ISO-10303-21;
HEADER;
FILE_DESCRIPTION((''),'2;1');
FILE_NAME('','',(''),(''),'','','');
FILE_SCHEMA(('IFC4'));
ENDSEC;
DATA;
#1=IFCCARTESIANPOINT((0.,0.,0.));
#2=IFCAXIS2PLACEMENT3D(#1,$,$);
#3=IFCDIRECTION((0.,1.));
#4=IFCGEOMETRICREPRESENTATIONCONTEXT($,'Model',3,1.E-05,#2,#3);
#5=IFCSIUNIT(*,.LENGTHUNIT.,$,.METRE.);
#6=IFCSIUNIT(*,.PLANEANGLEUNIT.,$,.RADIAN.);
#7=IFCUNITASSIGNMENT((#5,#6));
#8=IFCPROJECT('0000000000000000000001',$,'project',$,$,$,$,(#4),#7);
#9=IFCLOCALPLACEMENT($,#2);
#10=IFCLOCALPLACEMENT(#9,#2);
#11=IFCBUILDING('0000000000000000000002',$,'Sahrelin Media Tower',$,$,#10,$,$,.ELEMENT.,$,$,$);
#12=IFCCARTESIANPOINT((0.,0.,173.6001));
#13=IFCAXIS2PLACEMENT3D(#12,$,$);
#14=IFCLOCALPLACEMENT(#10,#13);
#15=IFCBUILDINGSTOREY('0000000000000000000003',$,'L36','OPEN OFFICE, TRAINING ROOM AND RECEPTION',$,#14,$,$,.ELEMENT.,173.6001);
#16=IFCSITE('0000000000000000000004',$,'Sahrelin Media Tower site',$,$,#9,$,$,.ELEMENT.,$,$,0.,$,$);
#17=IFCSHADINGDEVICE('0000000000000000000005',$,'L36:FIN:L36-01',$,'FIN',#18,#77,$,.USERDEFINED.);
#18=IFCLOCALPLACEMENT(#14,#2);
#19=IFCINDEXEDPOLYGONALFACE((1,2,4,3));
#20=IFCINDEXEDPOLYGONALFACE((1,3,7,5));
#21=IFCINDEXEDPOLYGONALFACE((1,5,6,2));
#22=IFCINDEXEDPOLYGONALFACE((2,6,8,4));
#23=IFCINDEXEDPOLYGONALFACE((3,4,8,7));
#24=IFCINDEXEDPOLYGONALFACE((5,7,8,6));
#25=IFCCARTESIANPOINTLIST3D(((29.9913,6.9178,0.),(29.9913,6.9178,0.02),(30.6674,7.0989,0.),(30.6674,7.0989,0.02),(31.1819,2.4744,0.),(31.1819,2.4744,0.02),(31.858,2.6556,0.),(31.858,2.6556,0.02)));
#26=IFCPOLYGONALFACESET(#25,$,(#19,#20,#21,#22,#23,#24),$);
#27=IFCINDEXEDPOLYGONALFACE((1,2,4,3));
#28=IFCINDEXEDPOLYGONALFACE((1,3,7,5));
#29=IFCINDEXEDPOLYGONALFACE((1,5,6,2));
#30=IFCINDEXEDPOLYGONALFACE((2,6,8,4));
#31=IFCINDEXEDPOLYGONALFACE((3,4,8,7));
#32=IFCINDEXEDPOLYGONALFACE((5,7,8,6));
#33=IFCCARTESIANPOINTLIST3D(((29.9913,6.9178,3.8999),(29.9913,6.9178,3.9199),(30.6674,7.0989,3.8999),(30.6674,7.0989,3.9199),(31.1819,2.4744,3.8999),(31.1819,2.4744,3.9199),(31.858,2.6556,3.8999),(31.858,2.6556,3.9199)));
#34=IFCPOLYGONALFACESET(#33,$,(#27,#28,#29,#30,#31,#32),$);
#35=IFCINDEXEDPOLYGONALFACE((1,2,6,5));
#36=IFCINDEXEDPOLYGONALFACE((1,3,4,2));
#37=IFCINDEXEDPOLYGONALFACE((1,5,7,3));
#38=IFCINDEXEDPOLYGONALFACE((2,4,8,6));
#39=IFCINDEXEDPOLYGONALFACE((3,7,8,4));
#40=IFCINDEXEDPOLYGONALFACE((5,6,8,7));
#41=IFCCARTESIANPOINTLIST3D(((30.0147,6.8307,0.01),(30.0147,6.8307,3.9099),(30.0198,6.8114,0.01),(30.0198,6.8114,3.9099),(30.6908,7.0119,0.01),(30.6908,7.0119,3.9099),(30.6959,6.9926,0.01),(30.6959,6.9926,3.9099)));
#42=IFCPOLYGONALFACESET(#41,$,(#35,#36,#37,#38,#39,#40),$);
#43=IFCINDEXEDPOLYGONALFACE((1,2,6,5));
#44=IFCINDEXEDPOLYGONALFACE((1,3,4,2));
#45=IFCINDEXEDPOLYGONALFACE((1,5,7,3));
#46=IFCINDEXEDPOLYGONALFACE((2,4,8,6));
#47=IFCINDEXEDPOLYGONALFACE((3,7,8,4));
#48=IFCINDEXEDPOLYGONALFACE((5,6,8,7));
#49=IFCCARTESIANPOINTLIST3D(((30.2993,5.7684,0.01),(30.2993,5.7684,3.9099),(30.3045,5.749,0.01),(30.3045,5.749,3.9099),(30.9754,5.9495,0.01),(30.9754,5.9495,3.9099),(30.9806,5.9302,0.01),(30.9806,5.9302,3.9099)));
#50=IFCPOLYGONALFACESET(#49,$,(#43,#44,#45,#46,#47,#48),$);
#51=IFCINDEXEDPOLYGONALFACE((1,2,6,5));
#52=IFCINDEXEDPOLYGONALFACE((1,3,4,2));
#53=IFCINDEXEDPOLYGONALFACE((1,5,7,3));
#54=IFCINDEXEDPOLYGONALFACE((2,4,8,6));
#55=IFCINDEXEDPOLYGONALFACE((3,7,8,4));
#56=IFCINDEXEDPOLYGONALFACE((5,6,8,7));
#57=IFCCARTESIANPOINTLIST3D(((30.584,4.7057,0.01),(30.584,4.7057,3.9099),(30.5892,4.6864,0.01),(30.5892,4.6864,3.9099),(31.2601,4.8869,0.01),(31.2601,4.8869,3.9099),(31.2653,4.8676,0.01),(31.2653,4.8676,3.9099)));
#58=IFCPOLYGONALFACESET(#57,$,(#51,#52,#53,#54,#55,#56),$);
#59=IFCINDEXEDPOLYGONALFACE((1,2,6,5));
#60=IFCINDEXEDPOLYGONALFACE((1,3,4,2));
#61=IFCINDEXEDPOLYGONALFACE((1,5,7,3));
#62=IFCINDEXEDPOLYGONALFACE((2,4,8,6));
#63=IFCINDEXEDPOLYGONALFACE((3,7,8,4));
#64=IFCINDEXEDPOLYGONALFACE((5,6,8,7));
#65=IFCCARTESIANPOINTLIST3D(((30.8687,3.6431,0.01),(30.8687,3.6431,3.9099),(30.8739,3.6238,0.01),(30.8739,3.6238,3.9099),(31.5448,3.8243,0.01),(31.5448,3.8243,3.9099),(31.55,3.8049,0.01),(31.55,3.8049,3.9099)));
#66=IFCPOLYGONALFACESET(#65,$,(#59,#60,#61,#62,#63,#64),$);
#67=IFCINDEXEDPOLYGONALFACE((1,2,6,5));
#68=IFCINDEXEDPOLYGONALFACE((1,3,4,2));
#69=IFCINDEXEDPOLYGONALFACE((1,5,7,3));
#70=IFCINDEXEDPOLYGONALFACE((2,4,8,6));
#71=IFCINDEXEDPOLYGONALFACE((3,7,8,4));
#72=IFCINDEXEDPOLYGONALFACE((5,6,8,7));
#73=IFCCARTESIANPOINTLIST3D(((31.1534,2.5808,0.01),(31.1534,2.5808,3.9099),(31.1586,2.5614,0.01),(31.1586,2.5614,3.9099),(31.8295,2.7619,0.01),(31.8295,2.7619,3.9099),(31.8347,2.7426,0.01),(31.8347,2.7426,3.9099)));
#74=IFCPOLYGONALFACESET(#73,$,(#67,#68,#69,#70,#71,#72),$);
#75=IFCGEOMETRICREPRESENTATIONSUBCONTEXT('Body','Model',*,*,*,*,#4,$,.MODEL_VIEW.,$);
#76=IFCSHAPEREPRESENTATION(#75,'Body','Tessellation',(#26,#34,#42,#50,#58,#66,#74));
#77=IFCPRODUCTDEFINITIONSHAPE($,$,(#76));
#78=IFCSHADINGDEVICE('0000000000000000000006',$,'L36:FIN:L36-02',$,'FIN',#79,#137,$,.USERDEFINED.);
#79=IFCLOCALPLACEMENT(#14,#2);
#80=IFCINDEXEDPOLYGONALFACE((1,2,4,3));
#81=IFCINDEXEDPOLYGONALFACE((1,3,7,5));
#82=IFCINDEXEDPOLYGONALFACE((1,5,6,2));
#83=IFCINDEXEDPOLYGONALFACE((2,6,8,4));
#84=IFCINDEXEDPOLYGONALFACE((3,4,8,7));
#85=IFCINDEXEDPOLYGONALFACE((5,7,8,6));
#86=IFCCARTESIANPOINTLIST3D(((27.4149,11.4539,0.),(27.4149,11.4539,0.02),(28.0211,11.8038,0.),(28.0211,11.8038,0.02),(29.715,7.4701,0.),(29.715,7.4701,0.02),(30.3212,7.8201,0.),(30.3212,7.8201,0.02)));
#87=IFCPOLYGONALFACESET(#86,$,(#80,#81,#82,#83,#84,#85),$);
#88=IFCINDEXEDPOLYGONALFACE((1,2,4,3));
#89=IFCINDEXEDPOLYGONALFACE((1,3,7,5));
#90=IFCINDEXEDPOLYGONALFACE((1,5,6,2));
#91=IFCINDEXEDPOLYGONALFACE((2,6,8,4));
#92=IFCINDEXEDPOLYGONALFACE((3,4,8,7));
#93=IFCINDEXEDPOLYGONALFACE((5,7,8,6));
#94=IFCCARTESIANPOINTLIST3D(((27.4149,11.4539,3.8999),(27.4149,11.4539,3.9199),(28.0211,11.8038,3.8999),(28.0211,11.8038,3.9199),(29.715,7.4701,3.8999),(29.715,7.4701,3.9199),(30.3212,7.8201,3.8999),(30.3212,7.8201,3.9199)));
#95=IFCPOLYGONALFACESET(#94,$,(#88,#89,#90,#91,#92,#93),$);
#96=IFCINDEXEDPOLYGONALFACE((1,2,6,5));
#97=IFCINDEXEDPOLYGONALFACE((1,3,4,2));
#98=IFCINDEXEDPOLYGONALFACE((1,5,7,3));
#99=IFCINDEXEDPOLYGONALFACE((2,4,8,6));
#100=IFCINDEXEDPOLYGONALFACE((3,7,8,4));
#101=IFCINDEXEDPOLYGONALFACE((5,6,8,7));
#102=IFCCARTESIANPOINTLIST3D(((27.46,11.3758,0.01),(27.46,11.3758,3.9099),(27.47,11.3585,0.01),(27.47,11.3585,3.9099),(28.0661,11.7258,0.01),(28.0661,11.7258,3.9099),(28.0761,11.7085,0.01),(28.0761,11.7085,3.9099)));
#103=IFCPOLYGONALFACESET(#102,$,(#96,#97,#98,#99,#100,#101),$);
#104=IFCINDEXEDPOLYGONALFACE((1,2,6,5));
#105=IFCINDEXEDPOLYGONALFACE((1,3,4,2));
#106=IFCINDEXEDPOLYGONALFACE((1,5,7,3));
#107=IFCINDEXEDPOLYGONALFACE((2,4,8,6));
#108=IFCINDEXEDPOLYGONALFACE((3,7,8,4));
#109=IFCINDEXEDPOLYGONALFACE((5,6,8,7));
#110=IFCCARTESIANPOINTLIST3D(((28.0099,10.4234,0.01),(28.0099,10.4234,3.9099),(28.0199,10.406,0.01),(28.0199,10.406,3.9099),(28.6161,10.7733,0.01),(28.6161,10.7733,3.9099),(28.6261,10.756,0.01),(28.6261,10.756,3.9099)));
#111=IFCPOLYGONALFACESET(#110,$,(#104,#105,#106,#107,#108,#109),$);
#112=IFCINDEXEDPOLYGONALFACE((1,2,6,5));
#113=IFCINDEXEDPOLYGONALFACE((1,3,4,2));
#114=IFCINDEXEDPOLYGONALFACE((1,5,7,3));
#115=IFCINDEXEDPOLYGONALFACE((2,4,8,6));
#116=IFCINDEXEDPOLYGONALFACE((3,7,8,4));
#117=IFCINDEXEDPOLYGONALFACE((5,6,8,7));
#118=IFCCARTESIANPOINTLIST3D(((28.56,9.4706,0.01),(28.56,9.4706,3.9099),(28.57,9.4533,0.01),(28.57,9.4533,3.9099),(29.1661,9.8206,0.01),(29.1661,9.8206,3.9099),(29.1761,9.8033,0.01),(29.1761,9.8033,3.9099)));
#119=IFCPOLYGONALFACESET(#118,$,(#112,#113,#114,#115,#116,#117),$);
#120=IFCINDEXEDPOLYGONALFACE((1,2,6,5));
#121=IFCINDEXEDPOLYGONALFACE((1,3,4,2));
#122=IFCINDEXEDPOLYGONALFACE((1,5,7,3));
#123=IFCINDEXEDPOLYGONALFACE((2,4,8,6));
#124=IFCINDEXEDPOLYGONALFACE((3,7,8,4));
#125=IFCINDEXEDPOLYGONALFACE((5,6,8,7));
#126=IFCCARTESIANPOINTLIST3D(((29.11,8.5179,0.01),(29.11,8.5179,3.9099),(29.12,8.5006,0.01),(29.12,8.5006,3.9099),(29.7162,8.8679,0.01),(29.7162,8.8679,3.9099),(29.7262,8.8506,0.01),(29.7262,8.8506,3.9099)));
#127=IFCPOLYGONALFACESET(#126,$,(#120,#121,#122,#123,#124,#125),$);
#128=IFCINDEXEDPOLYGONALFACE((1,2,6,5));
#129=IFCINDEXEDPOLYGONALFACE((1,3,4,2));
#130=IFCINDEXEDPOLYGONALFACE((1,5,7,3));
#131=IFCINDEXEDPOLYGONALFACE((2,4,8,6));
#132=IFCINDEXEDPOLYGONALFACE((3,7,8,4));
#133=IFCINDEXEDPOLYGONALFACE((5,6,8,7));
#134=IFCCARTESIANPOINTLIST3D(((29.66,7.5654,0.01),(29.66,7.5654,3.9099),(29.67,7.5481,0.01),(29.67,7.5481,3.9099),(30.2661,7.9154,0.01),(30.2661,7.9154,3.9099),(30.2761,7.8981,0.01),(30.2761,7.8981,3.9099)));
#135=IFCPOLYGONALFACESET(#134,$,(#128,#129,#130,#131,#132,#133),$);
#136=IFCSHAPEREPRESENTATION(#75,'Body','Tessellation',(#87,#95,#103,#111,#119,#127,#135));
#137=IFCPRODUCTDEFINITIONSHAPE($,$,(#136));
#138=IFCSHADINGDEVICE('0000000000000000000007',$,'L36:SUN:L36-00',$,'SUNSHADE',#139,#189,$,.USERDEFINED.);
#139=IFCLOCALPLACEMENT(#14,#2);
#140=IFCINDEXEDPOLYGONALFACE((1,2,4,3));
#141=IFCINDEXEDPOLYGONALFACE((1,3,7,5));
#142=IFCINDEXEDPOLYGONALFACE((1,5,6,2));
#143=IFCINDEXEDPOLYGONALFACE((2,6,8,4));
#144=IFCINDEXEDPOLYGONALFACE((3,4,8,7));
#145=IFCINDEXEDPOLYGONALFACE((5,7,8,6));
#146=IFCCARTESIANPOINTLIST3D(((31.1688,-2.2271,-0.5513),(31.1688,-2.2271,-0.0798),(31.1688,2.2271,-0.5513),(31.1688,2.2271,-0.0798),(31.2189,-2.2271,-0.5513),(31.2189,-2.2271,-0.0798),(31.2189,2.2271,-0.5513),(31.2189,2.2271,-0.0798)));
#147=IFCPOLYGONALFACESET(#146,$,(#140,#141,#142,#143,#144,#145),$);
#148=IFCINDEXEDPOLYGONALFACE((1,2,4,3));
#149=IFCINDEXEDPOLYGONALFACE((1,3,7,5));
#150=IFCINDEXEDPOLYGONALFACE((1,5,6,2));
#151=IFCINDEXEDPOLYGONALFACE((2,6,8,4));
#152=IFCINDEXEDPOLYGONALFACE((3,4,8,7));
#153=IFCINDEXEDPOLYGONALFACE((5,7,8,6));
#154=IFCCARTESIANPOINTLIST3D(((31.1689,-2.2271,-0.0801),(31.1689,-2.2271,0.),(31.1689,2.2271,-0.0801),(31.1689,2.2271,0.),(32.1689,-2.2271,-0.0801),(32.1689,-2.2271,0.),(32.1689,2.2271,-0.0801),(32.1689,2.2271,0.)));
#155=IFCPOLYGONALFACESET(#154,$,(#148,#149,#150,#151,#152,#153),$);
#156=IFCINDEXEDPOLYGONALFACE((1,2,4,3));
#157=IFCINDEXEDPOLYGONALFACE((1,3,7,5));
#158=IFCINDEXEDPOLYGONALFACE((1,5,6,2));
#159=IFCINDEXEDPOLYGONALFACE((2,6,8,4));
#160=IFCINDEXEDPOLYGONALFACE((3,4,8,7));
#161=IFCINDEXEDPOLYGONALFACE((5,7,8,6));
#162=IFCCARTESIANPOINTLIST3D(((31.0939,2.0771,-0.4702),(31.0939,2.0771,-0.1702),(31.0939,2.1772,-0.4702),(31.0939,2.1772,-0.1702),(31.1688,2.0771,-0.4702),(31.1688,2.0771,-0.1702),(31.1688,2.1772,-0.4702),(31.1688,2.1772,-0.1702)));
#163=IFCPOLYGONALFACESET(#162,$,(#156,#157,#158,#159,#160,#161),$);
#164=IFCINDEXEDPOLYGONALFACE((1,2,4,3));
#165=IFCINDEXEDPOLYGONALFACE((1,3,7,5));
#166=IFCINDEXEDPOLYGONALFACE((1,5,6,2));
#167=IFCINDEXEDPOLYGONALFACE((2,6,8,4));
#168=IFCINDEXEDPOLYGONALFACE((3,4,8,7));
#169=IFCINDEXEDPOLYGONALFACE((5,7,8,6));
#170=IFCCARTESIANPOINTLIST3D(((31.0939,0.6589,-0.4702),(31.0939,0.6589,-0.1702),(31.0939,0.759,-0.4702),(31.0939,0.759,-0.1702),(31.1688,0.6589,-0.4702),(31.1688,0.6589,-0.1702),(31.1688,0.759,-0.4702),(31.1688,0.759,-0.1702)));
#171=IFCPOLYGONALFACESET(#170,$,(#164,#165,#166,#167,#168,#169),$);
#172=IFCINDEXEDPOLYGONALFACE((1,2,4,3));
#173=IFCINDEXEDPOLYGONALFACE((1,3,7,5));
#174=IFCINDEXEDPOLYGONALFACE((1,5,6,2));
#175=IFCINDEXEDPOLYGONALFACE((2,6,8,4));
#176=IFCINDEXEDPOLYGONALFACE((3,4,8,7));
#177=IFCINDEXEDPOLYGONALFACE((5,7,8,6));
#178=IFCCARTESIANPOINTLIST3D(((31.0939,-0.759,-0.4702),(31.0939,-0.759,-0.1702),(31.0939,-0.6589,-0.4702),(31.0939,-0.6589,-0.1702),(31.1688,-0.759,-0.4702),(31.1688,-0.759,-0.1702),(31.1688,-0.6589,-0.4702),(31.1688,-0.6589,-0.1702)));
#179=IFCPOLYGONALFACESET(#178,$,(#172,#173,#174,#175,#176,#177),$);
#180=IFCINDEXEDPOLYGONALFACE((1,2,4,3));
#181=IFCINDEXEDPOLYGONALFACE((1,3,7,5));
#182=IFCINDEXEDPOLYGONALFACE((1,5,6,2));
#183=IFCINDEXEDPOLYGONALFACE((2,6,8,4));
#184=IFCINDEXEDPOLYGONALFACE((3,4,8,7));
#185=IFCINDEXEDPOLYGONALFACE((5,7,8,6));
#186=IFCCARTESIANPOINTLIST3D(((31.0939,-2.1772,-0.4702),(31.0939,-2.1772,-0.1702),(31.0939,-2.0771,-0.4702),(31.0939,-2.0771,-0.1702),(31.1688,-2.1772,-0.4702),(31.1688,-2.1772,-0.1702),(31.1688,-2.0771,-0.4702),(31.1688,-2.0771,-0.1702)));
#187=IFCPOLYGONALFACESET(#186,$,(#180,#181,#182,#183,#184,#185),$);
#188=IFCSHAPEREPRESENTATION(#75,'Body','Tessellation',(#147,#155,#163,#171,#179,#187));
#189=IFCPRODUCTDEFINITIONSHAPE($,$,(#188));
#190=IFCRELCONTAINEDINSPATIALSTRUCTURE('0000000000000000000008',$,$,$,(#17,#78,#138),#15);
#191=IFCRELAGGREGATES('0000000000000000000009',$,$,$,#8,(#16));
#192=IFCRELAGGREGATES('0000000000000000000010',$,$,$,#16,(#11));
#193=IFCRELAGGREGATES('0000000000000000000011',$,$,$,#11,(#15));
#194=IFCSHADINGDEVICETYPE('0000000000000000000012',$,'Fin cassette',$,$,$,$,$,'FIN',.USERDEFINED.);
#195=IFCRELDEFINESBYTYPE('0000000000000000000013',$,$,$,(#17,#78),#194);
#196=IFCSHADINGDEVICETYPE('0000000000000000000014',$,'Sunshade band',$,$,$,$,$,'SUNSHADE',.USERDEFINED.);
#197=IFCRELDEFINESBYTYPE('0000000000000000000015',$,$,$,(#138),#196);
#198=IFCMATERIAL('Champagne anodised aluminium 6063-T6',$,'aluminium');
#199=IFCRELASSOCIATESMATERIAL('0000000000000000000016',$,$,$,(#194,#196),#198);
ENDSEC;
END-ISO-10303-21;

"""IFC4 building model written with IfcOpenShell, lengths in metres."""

from ifc_helpers import new_model, si_unit, direction, frame, origin, origin_2d, place, context, subcontext, project, spatial, rectangle, extrude, material, type_object, element, save


model = new_model("IFC4")

# Units and contexts
model_context = context("Model", 3, precision=1e-05, world=origin(), true_north=direction((0.0, 1.0)))
body_context = subcontext(model_context, "Body", "Model", "MODEL_VIEW")
ifc_project = project(units=[si_unit("LENGTHUNIT", "METRE"), si_unit("PLANEANGLEUNIT", "RADIAN")], contexts=[model_context])

# Site, building, storey
site_placement = place(None, origin())
site = spatial("IfcSite", under=ifc_project, at=site_placement, Name="Sahrelin Media Tower site", CompositionType="ELEMENT", RefElevation=0.0)
building_placement = place(site_placement, origin())
building = spatial("IfcBuilding", under=site, at=building_placement, Name="Sahrelin Media Tower", CompositionType="ELEMENT")
storey_placement = place(building_placement, frame((0.0, 0.0, 173.6001)))
storey = spatial("IfcBuildingStorey", under=building, at=storey_placement, Name="L36", Description="OPEN OFFICE, TRAINING ROOM AND RECEPTION", CompositionType="ELEMENT", Elevation=173.6001)

# Shared definitions
ifc_material_1 = material(Name="Champagne anodised aluminium 6063-T6", Category="aluminium")

# Shading devices
shading_device_type_1 = type_object("IfcShadingDeviceType", Name="Fin cassette", ElementType="FIN", PredefinedType="USERDEFINED", material=ifc_material_1)
placement_1 = place(storey_placement, frame((31.1489, 0.0, 0.0), z_axis=(0.0, 0.0, 1.0), x_axis=(0.0, -1.0, 0.0)))
placement_2 = place(storey_placement, frame((30.519, 4.678, 0.0), z_axis=(0.0, 0.0, 1.0), x_axis=(0.258808, -0.965929, 0.0)))
element("IfcShadingDevice", 1, at=placement_2, inside=storey, type_object=shading_device_type_1, Name="L36:FIN:L36-01", ObjectType="FIN", PredefinedType="USERDEFINED", context=body_context, shape_type="SweptSolid", body=[
    extrude(rectangle(XDim=4.6001, YDim=0.7, at=origin_2d()), frame((0.0, 0.4199, 0.0)), (0.0, 0.0, 1.0), 0.02),
    extrude(rectangle(XDim=4.6001, YDim=0.7, at=origin_2d()), frame((0.0, 0.4199, 3.8999)), (0.0, 0.0, 1.0), 0.02),
    extrude(rectangle(XDim=0.02, YDim=0.7, at=origin_2d()), frame((-2.2, 0.4199, 0.01), z_axis=(0.0, 0.0, 1.0), x_axis=(1.0, 0.0, 0.0)), (0.0, 0.0, 1.0), 3.8999),
    extrude(rectangle(XDim=0.02, YDim=0.7, at=origin_2d()), frame((-1.1001, 0.4199, 0.01), z_axis=(0.0, 0.0, 1.0), x_axis=(1.0, 0.0, 0.0)), (0.0, 0.0, 1.0), 3.8999),
    extrude(rectangle(XDim=0.02, YDim=0.7, at=origin_2d()), frame((0.0, 0.4199, 0.01), z_axis=(0.0, 0.0, 1.0), x_axis=(1.0, 0.0, 0.0)), (0.0, 0.0, 1.0), 3.8999),
    extrude(rectangle(XDim=0.02, YDim=0.7, at=origin_2d()), frame((1.1001, 0.4199, 0.01), z_axis=(0.0, 0.0, 1.0), x_axis=(1.0, 0.0, 0.0)), (0.0, 0.0, 1.0), 3.8999),
    extrude(rectangle(XDim=0.02, YDim=0.7, at=origin_2d()), frame((2.2, 0.4199, 0.01), z_axis=(0.0, 0.0, 1.0), x_axis=(1.0, 0.0, 0.0)), (0.0, 0.0, 1.0), 3.8999),
])
placement_3 = place(storey_placement, frame((28.5044, 9.427, 0.0), z_axis=(0.0, 0.0, 1.0), x_axis=(0.500011, -0.866019, 0.0)))
element("IfcShadingDevice", 2, at=placement_3, inside=storey, type_object=shading_device_type_1, Name="L36:FIN:L36-02", ObjectType="FIN", PredefinedType="USERDEFINED", context=body_context, shape_type="SweptSolid", body=[
    extrude(rectangle(XDim=4.6001, YDim=0.7, at=origin_2d()), frame((0.0, 0.4199, 0.0)), (0.0, 0.0, 1.0), 0.02),
    extrude(rectangle(XDim=4.6001, YDim=0.7, at=origin_2d()), frame((0.0, 0.4199, 3.8999)), (0.0, 0.0, 1.0), 0.02),
    extrude(rectangle(XDim=0.02, YDim=0.7, at=origin_2d()), frame((-2.2, 0.4199, 0.01), z_axis=(0.0, 0.0, 1.0), x_axis=(1.0, 0.0, 0.0)), (0.0, 0.0, 1.0), 3.8999),
    extrude(rectangle(XDim=0.02, YDim=0.7, at=origin_2d()), frame((-1.1001, 0.4199, 0.01), z_axis=(0.0, 0.0, 1.0), x_axis=(1.0, 0.0, 0.0)), (0.0, 0.0, 1.0), 3.8999),
    extrude(rectangle(XDim=0.02, YDim=0.7, at=origin_2d()), frame((0.0, 0.4199, 0.01), z_axis=(0.0, 0.0, 1.0), x_axis=(1.0, 0.0, 0.0)), (0.0, 0.0, 1.0), 3.8999),
    extrude(rectangle(XDim=0.02, YDim=0.7, at=origin_2d()), frame((1.1001, 0.4199, 0.01), z_axis=(0.0, 0.0, 1.0), x_axis=(1.0, 0.0, 0.0)), (0.0, 0.0, 1.0), 3.8999),
    extrude(rectangle(XDim=0.02, YDim=0.7, at=origin_2d()), frame((2.2, 0.4199, 0.01), z_axis=(0.0, 0.0, 1.0), x_axis=(1.0, 0.0, 0.0)), (0.0, 0.0, 1.0), 3.8999),
])
shading_device_type_2 = type_object("IfcShadingDeviceType", Name="Sunshade band", ElementType="SUNSHADE", PredefinedType="USERDEFINED", material=ifc_material_1)
element("IfcShadingDevice", 3, at=placement_1, inside=storey, type_object=shading_device_type_2, Name="L36:SUN:L36-00", ObjectType="SUNSHADE", PredefinedType="USERDEFINED", context=body_context, shape_type="SweptSolid", body=[
    extrude(rectangle(XDim=4.4541, YDim=0.05, at=origin_2d()), frame((0.0, 0.0449, -0.5513)), (0.0, 0.0, 1.0), 0.4714),
    extrude(rectangle(XDim=4.4541, YDim=1.0, at=origin_2d()), frame((0.0, 0.52, -0.0801)), (0.0, 0.0, 1.0), 0.0801),
    extrude(rectangle(XDim=0.1001, YDim=0.075, at=origin_2d()), frame((-2.1272, -0.0176, -0.4702)), (0.0, 0.0, 1.0), 0.3),
    extrude(rectangle(XDim=0.1001, YDim=0.075, at=origin_2d()), frame((-0.709, -0.0176, -0.4702)), (0.0, 0.0, 1.0), 0.3),
    extrude(rectangle(XDim=0.1001, YDim=0.075, at=origin_2d()), frame((0.709, -0.0176, -0.4702)), (0.0, 0.0, 1.0), 0.3),
    extrude(rectangle(XDim=0.1001, YDim=0.075, at=origin_2d()), frame((2.1272, -0.0176, -0.4702)), (0.0, 0.0, 1.0), 0.3),
])

save(model, "model.ifc")
